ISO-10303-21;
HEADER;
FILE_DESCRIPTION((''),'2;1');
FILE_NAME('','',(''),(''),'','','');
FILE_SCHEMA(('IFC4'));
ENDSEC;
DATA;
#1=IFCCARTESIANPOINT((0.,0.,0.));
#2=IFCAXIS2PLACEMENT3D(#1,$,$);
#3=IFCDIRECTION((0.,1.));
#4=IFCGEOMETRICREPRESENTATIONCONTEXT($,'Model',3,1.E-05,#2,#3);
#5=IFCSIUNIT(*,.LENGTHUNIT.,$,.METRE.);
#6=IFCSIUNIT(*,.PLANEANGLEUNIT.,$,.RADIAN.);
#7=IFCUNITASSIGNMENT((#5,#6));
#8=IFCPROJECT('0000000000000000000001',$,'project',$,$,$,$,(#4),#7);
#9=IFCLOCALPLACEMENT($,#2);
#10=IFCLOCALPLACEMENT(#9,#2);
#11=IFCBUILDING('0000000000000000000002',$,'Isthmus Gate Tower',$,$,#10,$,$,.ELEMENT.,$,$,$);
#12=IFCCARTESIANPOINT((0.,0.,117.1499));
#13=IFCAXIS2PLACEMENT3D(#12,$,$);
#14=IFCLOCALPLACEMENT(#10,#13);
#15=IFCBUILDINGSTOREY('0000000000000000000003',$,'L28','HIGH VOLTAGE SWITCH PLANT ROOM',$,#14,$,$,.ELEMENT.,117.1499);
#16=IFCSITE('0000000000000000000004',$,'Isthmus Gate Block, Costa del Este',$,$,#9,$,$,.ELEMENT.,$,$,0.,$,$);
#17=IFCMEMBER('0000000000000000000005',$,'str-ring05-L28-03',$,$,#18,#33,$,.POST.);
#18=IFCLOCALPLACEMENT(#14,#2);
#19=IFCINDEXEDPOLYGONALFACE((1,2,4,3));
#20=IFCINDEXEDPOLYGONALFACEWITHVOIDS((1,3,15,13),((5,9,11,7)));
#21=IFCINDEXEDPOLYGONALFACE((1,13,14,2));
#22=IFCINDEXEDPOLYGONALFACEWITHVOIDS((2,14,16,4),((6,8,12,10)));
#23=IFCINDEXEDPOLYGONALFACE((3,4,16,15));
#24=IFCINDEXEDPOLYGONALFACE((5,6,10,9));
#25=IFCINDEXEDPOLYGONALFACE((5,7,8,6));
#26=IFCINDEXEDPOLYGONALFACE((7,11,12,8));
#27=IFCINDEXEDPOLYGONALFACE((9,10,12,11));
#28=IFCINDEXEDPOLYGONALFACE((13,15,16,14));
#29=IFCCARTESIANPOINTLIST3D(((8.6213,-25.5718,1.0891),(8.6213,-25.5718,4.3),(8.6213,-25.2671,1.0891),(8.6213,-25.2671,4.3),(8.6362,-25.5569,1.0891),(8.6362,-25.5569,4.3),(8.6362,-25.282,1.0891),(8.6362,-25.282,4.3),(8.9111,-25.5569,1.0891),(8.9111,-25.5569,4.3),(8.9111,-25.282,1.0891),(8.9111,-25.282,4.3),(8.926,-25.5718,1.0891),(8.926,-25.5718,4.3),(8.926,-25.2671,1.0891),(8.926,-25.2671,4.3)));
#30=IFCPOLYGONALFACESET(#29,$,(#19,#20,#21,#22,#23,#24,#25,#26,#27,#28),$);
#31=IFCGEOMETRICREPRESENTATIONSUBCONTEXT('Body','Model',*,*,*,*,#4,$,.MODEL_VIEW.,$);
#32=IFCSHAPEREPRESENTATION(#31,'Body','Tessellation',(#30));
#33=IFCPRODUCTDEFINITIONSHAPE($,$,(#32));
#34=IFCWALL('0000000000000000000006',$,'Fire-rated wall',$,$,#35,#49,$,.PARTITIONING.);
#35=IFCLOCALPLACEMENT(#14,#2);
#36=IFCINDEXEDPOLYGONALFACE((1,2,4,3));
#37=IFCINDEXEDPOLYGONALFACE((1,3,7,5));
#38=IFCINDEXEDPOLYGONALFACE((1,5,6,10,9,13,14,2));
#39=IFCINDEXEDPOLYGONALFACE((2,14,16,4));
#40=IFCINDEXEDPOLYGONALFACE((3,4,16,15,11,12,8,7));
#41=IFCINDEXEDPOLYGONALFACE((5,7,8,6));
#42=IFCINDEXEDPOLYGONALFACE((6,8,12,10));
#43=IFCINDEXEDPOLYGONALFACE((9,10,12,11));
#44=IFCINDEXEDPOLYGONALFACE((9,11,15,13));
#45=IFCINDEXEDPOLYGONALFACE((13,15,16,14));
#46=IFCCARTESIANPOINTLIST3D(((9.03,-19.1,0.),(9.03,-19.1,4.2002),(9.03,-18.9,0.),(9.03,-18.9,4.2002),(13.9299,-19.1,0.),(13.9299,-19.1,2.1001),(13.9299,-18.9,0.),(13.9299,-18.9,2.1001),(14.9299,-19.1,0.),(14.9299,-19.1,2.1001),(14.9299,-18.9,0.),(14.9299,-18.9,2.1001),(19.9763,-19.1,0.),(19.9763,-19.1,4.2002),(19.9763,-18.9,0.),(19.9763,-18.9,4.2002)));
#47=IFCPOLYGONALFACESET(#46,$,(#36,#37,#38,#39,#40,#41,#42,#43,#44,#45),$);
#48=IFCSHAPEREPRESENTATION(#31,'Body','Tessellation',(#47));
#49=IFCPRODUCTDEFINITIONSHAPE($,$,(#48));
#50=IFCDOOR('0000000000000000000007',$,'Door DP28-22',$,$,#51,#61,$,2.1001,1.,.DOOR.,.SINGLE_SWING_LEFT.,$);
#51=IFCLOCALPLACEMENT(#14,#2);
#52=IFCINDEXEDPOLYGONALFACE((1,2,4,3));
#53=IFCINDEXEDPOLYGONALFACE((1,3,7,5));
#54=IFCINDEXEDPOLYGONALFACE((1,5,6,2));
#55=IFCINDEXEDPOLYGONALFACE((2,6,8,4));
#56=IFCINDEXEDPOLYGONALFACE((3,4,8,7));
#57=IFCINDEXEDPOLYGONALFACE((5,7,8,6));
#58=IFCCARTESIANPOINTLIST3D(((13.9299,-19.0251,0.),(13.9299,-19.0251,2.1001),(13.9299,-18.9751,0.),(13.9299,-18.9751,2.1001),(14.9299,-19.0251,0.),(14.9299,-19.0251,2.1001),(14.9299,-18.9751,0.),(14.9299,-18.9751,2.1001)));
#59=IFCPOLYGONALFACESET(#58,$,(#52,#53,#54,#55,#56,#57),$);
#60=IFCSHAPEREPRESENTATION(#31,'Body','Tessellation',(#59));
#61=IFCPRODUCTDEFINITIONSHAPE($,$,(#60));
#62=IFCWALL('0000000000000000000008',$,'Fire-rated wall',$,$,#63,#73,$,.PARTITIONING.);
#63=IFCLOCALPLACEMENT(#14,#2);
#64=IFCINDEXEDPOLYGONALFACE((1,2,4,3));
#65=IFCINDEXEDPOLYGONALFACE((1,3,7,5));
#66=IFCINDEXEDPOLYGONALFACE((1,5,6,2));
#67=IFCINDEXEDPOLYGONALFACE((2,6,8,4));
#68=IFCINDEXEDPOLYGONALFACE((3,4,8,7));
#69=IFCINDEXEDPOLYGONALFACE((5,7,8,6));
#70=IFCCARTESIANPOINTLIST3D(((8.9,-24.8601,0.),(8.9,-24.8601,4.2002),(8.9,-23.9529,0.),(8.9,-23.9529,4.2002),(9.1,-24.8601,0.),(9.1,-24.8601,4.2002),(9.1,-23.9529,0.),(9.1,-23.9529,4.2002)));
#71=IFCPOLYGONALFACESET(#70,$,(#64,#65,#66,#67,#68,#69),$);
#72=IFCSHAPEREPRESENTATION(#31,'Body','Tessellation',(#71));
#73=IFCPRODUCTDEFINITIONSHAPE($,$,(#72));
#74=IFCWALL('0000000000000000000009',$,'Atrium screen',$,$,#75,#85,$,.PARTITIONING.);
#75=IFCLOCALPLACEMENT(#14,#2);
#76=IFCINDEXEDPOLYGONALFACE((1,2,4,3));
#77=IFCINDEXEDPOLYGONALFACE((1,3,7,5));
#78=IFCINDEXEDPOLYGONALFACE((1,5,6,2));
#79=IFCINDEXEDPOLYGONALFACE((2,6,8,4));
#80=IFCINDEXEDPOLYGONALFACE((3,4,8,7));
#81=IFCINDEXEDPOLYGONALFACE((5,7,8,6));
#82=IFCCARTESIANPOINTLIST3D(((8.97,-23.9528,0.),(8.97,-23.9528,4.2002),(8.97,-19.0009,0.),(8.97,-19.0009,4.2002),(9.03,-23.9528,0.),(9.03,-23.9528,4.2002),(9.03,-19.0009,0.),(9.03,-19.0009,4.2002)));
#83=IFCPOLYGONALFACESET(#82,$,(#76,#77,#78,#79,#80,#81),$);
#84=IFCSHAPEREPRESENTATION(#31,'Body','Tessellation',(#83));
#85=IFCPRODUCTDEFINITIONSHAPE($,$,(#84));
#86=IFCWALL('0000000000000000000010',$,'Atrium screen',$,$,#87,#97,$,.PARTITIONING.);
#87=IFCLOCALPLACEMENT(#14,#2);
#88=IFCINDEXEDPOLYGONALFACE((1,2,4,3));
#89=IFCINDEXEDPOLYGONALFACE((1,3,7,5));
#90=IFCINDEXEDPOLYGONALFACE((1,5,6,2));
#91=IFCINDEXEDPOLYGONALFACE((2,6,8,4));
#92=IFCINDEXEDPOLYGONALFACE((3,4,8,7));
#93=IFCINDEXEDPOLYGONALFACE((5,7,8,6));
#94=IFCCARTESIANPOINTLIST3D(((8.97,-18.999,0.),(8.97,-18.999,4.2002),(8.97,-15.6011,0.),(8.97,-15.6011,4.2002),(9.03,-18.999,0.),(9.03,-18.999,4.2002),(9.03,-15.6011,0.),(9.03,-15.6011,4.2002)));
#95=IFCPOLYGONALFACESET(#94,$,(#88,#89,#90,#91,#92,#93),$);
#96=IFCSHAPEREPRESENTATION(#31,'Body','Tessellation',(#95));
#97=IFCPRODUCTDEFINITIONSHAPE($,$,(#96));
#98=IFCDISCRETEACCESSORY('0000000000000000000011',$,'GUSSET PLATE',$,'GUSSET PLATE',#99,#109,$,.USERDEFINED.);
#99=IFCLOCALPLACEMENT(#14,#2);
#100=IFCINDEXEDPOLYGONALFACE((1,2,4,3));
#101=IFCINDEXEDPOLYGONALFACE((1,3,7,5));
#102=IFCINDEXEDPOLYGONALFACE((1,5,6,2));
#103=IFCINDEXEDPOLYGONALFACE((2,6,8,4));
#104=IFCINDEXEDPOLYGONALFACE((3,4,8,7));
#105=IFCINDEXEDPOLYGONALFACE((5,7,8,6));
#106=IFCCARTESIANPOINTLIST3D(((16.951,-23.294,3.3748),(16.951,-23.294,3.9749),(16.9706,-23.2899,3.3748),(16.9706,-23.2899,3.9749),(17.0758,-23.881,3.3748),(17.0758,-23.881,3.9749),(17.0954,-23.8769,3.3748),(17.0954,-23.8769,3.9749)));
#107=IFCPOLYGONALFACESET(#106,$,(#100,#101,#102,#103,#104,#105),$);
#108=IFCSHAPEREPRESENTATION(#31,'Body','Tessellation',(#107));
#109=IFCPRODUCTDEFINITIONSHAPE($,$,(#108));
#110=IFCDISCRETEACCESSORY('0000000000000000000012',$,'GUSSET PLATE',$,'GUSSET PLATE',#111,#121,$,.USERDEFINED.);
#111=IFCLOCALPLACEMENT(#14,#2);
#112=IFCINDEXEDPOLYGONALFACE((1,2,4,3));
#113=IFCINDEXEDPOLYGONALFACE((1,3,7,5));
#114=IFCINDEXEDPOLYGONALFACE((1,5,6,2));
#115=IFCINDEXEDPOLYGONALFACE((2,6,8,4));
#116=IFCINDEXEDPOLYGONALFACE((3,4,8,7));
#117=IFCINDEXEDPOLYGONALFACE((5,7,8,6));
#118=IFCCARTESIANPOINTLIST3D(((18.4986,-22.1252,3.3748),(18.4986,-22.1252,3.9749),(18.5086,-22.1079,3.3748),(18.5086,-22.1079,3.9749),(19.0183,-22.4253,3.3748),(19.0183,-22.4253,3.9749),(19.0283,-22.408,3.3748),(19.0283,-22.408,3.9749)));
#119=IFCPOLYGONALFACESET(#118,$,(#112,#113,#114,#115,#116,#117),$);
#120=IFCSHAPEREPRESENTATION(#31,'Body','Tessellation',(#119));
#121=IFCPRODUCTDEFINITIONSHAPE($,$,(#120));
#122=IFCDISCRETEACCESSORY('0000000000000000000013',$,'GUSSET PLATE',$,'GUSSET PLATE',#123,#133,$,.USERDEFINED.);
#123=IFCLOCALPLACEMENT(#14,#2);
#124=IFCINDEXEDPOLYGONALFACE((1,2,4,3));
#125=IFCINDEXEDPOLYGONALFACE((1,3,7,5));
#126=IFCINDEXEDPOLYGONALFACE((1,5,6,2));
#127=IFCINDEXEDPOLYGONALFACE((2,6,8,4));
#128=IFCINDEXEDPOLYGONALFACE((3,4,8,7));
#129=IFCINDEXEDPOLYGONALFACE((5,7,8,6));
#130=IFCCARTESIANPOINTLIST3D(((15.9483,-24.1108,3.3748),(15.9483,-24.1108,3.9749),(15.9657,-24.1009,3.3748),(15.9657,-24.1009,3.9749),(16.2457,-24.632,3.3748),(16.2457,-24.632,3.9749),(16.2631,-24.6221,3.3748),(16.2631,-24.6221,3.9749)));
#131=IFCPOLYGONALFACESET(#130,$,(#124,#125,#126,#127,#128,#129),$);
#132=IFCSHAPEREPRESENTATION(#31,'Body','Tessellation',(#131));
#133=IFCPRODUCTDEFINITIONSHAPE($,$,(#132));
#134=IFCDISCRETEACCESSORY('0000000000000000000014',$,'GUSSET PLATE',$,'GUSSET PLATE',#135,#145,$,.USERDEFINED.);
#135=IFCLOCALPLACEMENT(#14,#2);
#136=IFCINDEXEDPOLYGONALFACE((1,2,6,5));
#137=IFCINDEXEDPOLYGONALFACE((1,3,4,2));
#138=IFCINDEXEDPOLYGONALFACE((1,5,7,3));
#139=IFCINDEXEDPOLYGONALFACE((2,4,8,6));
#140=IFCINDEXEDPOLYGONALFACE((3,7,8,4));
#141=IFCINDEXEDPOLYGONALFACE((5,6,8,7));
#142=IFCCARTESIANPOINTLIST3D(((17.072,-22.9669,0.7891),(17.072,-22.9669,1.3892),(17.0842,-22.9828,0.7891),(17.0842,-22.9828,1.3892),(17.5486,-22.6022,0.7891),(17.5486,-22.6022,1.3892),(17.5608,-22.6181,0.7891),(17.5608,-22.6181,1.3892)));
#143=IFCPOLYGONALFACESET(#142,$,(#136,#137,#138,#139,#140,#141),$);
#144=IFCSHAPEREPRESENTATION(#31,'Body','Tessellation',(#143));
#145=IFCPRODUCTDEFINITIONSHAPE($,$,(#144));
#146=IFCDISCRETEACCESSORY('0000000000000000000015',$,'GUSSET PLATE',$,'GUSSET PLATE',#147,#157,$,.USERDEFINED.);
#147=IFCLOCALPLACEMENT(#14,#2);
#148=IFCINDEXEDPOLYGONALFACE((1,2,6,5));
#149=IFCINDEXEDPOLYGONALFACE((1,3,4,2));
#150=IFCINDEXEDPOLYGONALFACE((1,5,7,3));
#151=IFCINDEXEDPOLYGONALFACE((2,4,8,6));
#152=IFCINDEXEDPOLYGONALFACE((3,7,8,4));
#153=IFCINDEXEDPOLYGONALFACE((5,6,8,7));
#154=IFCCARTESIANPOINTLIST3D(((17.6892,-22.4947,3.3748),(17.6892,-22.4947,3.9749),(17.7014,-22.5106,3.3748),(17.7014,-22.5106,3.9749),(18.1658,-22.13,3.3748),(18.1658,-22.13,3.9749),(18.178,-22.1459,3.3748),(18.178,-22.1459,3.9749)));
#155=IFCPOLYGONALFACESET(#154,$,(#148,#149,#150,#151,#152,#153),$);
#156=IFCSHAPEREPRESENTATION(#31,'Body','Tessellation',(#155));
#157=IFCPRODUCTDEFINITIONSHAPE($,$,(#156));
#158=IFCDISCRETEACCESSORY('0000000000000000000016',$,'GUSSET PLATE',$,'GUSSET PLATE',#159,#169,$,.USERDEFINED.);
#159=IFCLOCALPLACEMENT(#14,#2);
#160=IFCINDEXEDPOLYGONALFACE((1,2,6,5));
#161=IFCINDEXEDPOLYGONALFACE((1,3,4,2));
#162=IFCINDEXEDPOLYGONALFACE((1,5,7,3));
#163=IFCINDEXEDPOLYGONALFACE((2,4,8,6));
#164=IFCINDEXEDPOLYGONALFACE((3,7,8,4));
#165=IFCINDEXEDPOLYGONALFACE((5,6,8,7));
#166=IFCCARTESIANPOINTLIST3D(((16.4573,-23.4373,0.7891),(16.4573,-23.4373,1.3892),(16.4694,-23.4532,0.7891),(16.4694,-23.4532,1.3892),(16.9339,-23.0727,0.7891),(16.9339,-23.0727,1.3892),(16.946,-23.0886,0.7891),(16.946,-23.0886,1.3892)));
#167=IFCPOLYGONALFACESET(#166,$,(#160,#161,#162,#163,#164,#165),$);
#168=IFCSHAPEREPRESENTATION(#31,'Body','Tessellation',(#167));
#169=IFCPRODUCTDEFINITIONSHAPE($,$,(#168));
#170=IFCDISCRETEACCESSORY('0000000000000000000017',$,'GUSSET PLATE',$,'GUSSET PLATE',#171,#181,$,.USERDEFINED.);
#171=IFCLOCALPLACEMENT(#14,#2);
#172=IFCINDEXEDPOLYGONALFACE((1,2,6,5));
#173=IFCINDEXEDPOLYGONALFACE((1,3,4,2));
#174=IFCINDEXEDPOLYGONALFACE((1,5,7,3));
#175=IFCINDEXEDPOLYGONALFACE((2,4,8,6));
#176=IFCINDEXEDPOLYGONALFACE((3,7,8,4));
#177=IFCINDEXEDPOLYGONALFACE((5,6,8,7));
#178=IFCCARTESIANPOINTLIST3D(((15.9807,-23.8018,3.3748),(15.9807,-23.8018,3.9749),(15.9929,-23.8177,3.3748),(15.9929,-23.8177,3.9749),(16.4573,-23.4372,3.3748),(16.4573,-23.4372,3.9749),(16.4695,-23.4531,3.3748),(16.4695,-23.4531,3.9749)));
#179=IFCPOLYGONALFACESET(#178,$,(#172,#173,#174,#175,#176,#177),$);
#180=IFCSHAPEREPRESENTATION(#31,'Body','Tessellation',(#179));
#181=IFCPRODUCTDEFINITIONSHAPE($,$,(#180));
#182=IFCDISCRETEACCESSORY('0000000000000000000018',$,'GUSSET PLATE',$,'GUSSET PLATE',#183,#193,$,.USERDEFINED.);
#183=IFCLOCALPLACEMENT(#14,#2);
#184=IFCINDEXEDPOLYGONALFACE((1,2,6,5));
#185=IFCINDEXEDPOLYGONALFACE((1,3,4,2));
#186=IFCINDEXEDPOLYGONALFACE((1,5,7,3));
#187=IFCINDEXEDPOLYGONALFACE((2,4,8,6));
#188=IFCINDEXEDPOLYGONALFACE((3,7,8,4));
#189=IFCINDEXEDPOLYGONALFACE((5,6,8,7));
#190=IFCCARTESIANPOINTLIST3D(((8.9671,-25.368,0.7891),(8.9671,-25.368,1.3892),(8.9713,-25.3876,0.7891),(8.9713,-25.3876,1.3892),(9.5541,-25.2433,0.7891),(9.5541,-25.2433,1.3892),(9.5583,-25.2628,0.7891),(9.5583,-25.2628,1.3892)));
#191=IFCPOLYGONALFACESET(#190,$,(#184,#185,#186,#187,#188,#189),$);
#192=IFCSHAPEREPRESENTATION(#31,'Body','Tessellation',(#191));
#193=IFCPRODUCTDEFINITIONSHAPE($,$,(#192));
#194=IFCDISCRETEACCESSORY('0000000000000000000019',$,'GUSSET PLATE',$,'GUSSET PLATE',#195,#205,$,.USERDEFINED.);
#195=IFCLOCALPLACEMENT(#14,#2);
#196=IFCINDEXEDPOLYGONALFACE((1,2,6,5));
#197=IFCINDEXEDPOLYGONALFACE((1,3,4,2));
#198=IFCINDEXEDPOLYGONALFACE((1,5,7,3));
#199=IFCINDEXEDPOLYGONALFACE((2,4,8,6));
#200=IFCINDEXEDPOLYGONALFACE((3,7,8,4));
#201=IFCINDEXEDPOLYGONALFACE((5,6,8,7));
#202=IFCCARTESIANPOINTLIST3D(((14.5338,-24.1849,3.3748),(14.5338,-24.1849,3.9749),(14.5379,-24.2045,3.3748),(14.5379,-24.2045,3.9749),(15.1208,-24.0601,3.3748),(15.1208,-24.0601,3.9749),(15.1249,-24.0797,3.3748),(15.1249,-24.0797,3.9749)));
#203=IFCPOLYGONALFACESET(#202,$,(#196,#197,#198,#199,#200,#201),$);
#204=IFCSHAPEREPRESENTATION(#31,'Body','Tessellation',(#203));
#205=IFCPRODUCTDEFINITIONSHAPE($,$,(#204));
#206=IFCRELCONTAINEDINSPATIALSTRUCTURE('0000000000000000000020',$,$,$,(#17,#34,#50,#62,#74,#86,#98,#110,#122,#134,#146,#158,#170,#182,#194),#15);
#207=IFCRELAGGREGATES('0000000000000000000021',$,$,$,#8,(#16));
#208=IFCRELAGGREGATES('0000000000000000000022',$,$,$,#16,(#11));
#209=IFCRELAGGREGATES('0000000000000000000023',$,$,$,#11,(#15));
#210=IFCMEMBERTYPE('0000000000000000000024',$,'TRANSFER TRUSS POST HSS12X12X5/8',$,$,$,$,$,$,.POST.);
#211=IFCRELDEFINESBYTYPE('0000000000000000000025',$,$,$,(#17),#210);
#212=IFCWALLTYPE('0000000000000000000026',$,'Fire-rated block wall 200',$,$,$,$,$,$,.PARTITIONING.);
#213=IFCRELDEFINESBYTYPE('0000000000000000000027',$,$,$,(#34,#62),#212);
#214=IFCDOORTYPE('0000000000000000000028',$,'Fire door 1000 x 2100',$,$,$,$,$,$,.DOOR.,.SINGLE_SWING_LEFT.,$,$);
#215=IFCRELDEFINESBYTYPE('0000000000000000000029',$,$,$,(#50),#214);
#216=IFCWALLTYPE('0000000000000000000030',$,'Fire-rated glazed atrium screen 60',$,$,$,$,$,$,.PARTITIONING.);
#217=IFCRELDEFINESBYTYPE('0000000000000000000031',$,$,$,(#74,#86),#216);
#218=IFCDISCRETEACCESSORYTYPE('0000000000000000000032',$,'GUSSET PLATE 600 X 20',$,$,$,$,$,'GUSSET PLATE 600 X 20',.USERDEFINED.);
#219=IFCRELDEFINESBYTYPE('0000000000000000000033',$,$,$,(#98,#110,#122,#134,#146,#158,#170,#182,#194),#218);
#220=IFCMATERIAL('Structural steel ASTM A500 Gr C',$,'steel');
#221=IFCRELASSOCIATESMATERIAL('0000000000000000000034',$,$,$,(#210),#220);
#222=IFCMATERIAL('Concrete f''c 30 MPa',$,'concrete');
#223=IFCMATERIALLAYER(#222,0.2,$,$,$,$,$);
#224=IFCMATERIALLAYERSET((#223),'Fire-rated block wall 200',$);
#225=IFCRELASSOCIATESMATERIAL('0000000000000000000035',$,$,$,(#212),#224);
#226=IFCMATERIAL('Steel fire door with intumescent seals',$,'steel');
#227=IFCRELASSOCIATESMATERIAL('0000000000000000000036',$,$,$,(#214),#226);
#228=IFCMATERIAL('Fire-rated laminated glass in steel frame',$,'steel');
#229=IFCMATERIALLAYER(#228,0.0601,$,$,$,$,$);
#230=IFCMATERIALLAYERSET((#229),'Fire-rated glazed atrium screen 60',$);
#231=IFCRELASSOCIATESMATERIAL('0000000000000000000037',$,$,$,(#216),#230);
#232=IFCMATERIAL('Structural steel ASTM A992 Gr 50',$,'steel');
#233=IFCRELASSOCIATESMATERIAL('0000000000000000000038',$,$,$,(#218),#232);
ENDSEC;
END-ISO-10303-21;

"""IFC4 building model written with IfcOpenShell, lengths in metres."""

from ifc_helpers import new_model, si_unit, direction, frame, frame_2d, origin, origin_2d, place, context, subcontext, project, spatial, rectangle, hollow_rectangle, extrude, material, layer, layer_set, material_profile, profile_set, type_object, element, fill, save


model = new_model("IFC4")

# Units and contexts
model_context = context("Model", 3, precision=1e-05, world=origin(), true_north=direction((0.0, 1.0)))
body_context = subcontext(model_context, "Body", "Model", "MODEL_VIEW")
ifc_project = project(units=[si_unit("LENGTHUNIT", "METRE"), si_unit("PLANEANGLEUNIT", "RADIAN")], contexts=[model_context])

# Site, building, storey
site_placement = place(None, origin())
site = spatial("IfcSite", under=ifc_project, at=site_placement, Name="Isthmus Gate Block, Costa del Este", CompositionType="ELEMENT", RefElevation=0.0)
building_placement = place(site_placement, origin())
building = spatial("IfcBuilding", under=site, at=building_placement, Name="Isthmus Gate Tower", CompositionType="ELEMENT")
storey_placement = place(building_placement, frame((0.0, 0.0, 117.1499)))
storey = spatial("IfcBuildingStorey", under=building, at=storey_placement, Name="L28", Description="HIGH VOLTAGE SWITCH PLANT ROOM", CompositionType="ELEMENT", Elevation=117.1499)

# Member
ifc_material_1 = material(Name="Structural steel ASTM A500 Gr C", Category="steel")
ifc_material_profile_1 = material_profile(ifc_material_1, hollow_rectangle(XDim=0.3047, YDim=0.3047, WallThickness=0.0149, at=origin_2d()), Name="HSS12X12X5/8")
ifc_profile_set_1 = profile_set([ifc_material_profile_1], Name="Structural steel ASTM A500 Gr C")
member_type_1 = type_object("IfcMemberType", Name="TRANSFER TRUSS POST HSS12X12X5/8", PredefinedType="POST", material=ifc_profile_set_1)
for number, where, z_axis, x_axis, name in (
    (1, (8.7737, -25.4194, 1.0891), (0.0, 0.0, 1.0), (1.0, 0.0, 0.0), "str-ring05-L28-03"),
):
    element("IfcMember", number, at=place(storey_placement, frame(where, z_axis=z_axis, x_axis=x_axis)), inside=storey, type_object=member_type_1, Name=name, PredefinedType="POST", context=body_context, shape_type="SweptSolid", body=[
        extrude(hollow_rectangle(XDim=0.3047, YDim=0.3047, WallThickness=0.0149, at=origin_2d()), origin(), (0.0, 0.0, 1.0), 3.2109),
    ])

# Wall, opening, door
ifc_material_2 = material(Name="Concrete f'c 30 MPa", Category="concrete")
ifc_layer_1 = layer(ifc_material_2, 0.2)
ifc_layer_set_1 = layer_set([ifc_layer_1], Name="Fire-rated block wall 200")
wall_type_1 = type_object("IfcWallType", Name="Fire-rated block wall 200", PredefinedType="PARTITIONING", material=ifc_layer_set_1)
wall_1_placement = place(storey_placement, frame((9.03, -19.0, 0.0), z_axis=(0.0, 0.0, 1.0), x_axis=(1.0, 0.0, 0.0)))
wall_1 = element("IfcWall", 2, at=wall_1_placement, inside=storey, type_object=wall_type_1, Name="Fire-rated wall", PredefinedType="PARTITIONING", context=body_context, shape_type="SweptSolid", body=[
    extrude(rectangle(XDim=10.9463, YDim=0.2, at=frame_2d((5.4731, 0.0))), origin(), (0.0, 0.0, 1.0), 4.2002),
])
opening_placement = place(wall_1_placement, frame((4.8999, 0.0, 0.0)))
opening = element("IfcOpeningElement", 3, at=opening_placement, cuts=wall_1, PredefinedType="OPENING", context=body_context, shape_type="SweptSolid", body=[
    extrude(rectangle(XDim=1.0, YDim=2.1001, at=frame_2d((0.5, 1.05))), frame((0.0, 0.1099, 0.0), z_axis=(0.0, -1.0, 0.0), x_axis=(1.0, 0.0, 0.0)), (0.0, 0.0, 1.0), 0.22),
])
ifc_material_3 = material(Name="Steel fire door with intumescent seals", Category="steel")
door_type = type_object("IfcDoorType", Name="Fire door 1000 x 2100", OperationType="SINGLE_SWING_LEFT", PredefinedType="DOOR", material=ifc_material_3)
door_placement = place(opening_placement, origin())
door = element("IfcDoor", 4, at=door_placement, inside=storey, type_object=door_type, Name="Door DP28-22", OperationType="SINGLE_SWING_LEFT", OverallHeight=2.1001, OverallWidth=1.0, PredefinedType="DOOR", context=body_context, shape_type="SweptSolid", body=[
    extrude(rectangle(XDim=1.0, YDim=2.1001, at=frame_2d((0.5, 1.05))), frame((0.0, 0.0249, 0.0), z_axis=(0.0, -1.0, 0.0), x_axis=(1.0, 0.0, 0.0)), (0.0, 0.0, 1.0), 0.05),
])
fill(opening, door)

# Walls
wall_2_placement = place(storey_placement, frame((9.0, -24.8601, 0.0), z_axis=(0.0, 0.0, 1.0), x_axis=(0.0, 1.0, 0.0)))
element("IfcWall", 5, at=wall_2_placement, inside=storey, type_object=wall_type_1, Name="Fire-rated wall", PredefinedType="PARTITIONING", context=body_context, shape_type="SweptSolid", body=[
    extrude(rectangle(XDim=0.9072, YDim=0.2, at=frame_2d((0.4536, 0.0))), origin(), (0.0, 0.0, 1.0), 4.2002),
])
ifc_material_4 = material(Name="Fire-rated laminated glass in steel frame", Category="steel")
ifc_layer_2 = layer(ifc_material_4, 0.0601)
ifc_layer_set_2 = layer_set([ifc_layer_2], Name="Fire-rated glazed atrium screen 60")
wall_type_2 = type_object("IfcWallType", Name="Fire-rated glazed atrium screen 60", PredefinedType="PARTITIONING", material=ifc_layer_set_2)
wall_3_placement = place(storey_placement, frame((9.0, -23.9529, 0.0), z_axis=(0.0, 0.0, 1.0), x_axis=(0.0, 1.0, 0.0)))
element("IfcWall", 6, at=wall_3_placement, inside=storey, type_object=wall_type_2, Name="Atrium screen", PredefinedType="PARTITIONING", context=body_context, shape_type="SweptSolid", body=[
    extrude(rectangle(XDim=4.9519, YDim=0.0601, at=frame_2d((2.4761, 0.0))), origin(), (0.0, 0.0, 1.0), 4.2002),
])
wall_4_placement = place(storey_placement, frame((9.0, -18.999, 0.0), z_axis=(0.0, 0.0, 1.0), x_axis=(0.0, 1.0, 0.0)))
element("IfcWall", 7, at=wall_4_placement, inside=storey, type_object=wall_type_2, Name="Atrium screen", PredefinedType="PARTITIONING", context=body_context, shape_type="SweptSolid", body=[
    extrude(rectangle(XDim=3.3979, YDim=0.0601, at=frame_2d((1.699, 0.0))), origin(), (0.0, 0.0, 1.0), 4.2002),
])

# Discrete accessories
ifc_material_5 = material(Name="Structural steel ASTM A992 Gr 50", Category="steel")
discrete_accessory_type = type_object("IfcDiscreteAccessoryType", Name="GUSSET PLATE 600 X 20", ElementType="GUSSET PLATE 600 X 20", PredefinedType="USERDEFINED", material=ifc_material_5)
for number, where, z_axis, x_axis, name in (
    (8, (17.0232, -23.5854, 3.3748), (0.0, 0.0, 1.0), (-0.207912, 0.978148, 0.0), "GUSSET PLATE"),
    (9, (18.7634, -22.2666, 3.3748), (0.0, 0.0, 1.0), (-0.866025, 0.5, 0.0), "GUSSET PLATE"),
    (10, (16.1057, -24.3665, 3.3748), (0.0, 0.0, 1.0), (-0.495615, 0.868543, 0.0), "GUSSET PLATE"),
    (11, (17.3164, -22.7925, 0.7891), (0.0, 0.0, 1.0), (0.794189, 0.607671, 0.0), "GUSSET PLATE"),
    (12, (17.9336, -22.3203, 3.3748), (0.0, 0.0, 1.0), (0.794189, 0.607671, 0.0), "GUSSET PLATE"),
    (13, (16.7017, -23.2629, 0.7891), (0.0, 0.0, 1.0), (-0.794189, -0.607671, 0.0), "GUSSET PLATE"),
    (14, (16.2251, -23.6274, 3.3748), (0.0, 0.0, 1.0), (-0.794189, -0.607671, 0.0), "GUSSET PLATE"),
    (15, (9.2627, -25.3154, 0.7891), (0.0, 0.0, 1.0), (0.978148, 0.207912, 0.0), "GUSSET PLATE"),
    (16, (14.8293, -24.1323, 3.3748), (0.0, 0.0, 1.0), (0.978148, 0.207912, 0.0), "GUSSET PLATE"),
):
    element("IfcDiscreteAccessory", number, at=place(storey_placement, frame(where, z_axis=z_axis, x_axis=x_axis)), inside=storey, type_object=discrete_accessory_type, Name=name, ObjectType="GUSSET PLATE", PredefinedType="USERDEFINED", context=body_context, shape_type="SweptSolid", body=[
        extrude(rectangle(XDim=0.6001, YDim=0.02, at=origin_2d()), origin(), (0.0, 0.0, 1.0), 0.6001),
    ])

save(model, "model.ifc")
